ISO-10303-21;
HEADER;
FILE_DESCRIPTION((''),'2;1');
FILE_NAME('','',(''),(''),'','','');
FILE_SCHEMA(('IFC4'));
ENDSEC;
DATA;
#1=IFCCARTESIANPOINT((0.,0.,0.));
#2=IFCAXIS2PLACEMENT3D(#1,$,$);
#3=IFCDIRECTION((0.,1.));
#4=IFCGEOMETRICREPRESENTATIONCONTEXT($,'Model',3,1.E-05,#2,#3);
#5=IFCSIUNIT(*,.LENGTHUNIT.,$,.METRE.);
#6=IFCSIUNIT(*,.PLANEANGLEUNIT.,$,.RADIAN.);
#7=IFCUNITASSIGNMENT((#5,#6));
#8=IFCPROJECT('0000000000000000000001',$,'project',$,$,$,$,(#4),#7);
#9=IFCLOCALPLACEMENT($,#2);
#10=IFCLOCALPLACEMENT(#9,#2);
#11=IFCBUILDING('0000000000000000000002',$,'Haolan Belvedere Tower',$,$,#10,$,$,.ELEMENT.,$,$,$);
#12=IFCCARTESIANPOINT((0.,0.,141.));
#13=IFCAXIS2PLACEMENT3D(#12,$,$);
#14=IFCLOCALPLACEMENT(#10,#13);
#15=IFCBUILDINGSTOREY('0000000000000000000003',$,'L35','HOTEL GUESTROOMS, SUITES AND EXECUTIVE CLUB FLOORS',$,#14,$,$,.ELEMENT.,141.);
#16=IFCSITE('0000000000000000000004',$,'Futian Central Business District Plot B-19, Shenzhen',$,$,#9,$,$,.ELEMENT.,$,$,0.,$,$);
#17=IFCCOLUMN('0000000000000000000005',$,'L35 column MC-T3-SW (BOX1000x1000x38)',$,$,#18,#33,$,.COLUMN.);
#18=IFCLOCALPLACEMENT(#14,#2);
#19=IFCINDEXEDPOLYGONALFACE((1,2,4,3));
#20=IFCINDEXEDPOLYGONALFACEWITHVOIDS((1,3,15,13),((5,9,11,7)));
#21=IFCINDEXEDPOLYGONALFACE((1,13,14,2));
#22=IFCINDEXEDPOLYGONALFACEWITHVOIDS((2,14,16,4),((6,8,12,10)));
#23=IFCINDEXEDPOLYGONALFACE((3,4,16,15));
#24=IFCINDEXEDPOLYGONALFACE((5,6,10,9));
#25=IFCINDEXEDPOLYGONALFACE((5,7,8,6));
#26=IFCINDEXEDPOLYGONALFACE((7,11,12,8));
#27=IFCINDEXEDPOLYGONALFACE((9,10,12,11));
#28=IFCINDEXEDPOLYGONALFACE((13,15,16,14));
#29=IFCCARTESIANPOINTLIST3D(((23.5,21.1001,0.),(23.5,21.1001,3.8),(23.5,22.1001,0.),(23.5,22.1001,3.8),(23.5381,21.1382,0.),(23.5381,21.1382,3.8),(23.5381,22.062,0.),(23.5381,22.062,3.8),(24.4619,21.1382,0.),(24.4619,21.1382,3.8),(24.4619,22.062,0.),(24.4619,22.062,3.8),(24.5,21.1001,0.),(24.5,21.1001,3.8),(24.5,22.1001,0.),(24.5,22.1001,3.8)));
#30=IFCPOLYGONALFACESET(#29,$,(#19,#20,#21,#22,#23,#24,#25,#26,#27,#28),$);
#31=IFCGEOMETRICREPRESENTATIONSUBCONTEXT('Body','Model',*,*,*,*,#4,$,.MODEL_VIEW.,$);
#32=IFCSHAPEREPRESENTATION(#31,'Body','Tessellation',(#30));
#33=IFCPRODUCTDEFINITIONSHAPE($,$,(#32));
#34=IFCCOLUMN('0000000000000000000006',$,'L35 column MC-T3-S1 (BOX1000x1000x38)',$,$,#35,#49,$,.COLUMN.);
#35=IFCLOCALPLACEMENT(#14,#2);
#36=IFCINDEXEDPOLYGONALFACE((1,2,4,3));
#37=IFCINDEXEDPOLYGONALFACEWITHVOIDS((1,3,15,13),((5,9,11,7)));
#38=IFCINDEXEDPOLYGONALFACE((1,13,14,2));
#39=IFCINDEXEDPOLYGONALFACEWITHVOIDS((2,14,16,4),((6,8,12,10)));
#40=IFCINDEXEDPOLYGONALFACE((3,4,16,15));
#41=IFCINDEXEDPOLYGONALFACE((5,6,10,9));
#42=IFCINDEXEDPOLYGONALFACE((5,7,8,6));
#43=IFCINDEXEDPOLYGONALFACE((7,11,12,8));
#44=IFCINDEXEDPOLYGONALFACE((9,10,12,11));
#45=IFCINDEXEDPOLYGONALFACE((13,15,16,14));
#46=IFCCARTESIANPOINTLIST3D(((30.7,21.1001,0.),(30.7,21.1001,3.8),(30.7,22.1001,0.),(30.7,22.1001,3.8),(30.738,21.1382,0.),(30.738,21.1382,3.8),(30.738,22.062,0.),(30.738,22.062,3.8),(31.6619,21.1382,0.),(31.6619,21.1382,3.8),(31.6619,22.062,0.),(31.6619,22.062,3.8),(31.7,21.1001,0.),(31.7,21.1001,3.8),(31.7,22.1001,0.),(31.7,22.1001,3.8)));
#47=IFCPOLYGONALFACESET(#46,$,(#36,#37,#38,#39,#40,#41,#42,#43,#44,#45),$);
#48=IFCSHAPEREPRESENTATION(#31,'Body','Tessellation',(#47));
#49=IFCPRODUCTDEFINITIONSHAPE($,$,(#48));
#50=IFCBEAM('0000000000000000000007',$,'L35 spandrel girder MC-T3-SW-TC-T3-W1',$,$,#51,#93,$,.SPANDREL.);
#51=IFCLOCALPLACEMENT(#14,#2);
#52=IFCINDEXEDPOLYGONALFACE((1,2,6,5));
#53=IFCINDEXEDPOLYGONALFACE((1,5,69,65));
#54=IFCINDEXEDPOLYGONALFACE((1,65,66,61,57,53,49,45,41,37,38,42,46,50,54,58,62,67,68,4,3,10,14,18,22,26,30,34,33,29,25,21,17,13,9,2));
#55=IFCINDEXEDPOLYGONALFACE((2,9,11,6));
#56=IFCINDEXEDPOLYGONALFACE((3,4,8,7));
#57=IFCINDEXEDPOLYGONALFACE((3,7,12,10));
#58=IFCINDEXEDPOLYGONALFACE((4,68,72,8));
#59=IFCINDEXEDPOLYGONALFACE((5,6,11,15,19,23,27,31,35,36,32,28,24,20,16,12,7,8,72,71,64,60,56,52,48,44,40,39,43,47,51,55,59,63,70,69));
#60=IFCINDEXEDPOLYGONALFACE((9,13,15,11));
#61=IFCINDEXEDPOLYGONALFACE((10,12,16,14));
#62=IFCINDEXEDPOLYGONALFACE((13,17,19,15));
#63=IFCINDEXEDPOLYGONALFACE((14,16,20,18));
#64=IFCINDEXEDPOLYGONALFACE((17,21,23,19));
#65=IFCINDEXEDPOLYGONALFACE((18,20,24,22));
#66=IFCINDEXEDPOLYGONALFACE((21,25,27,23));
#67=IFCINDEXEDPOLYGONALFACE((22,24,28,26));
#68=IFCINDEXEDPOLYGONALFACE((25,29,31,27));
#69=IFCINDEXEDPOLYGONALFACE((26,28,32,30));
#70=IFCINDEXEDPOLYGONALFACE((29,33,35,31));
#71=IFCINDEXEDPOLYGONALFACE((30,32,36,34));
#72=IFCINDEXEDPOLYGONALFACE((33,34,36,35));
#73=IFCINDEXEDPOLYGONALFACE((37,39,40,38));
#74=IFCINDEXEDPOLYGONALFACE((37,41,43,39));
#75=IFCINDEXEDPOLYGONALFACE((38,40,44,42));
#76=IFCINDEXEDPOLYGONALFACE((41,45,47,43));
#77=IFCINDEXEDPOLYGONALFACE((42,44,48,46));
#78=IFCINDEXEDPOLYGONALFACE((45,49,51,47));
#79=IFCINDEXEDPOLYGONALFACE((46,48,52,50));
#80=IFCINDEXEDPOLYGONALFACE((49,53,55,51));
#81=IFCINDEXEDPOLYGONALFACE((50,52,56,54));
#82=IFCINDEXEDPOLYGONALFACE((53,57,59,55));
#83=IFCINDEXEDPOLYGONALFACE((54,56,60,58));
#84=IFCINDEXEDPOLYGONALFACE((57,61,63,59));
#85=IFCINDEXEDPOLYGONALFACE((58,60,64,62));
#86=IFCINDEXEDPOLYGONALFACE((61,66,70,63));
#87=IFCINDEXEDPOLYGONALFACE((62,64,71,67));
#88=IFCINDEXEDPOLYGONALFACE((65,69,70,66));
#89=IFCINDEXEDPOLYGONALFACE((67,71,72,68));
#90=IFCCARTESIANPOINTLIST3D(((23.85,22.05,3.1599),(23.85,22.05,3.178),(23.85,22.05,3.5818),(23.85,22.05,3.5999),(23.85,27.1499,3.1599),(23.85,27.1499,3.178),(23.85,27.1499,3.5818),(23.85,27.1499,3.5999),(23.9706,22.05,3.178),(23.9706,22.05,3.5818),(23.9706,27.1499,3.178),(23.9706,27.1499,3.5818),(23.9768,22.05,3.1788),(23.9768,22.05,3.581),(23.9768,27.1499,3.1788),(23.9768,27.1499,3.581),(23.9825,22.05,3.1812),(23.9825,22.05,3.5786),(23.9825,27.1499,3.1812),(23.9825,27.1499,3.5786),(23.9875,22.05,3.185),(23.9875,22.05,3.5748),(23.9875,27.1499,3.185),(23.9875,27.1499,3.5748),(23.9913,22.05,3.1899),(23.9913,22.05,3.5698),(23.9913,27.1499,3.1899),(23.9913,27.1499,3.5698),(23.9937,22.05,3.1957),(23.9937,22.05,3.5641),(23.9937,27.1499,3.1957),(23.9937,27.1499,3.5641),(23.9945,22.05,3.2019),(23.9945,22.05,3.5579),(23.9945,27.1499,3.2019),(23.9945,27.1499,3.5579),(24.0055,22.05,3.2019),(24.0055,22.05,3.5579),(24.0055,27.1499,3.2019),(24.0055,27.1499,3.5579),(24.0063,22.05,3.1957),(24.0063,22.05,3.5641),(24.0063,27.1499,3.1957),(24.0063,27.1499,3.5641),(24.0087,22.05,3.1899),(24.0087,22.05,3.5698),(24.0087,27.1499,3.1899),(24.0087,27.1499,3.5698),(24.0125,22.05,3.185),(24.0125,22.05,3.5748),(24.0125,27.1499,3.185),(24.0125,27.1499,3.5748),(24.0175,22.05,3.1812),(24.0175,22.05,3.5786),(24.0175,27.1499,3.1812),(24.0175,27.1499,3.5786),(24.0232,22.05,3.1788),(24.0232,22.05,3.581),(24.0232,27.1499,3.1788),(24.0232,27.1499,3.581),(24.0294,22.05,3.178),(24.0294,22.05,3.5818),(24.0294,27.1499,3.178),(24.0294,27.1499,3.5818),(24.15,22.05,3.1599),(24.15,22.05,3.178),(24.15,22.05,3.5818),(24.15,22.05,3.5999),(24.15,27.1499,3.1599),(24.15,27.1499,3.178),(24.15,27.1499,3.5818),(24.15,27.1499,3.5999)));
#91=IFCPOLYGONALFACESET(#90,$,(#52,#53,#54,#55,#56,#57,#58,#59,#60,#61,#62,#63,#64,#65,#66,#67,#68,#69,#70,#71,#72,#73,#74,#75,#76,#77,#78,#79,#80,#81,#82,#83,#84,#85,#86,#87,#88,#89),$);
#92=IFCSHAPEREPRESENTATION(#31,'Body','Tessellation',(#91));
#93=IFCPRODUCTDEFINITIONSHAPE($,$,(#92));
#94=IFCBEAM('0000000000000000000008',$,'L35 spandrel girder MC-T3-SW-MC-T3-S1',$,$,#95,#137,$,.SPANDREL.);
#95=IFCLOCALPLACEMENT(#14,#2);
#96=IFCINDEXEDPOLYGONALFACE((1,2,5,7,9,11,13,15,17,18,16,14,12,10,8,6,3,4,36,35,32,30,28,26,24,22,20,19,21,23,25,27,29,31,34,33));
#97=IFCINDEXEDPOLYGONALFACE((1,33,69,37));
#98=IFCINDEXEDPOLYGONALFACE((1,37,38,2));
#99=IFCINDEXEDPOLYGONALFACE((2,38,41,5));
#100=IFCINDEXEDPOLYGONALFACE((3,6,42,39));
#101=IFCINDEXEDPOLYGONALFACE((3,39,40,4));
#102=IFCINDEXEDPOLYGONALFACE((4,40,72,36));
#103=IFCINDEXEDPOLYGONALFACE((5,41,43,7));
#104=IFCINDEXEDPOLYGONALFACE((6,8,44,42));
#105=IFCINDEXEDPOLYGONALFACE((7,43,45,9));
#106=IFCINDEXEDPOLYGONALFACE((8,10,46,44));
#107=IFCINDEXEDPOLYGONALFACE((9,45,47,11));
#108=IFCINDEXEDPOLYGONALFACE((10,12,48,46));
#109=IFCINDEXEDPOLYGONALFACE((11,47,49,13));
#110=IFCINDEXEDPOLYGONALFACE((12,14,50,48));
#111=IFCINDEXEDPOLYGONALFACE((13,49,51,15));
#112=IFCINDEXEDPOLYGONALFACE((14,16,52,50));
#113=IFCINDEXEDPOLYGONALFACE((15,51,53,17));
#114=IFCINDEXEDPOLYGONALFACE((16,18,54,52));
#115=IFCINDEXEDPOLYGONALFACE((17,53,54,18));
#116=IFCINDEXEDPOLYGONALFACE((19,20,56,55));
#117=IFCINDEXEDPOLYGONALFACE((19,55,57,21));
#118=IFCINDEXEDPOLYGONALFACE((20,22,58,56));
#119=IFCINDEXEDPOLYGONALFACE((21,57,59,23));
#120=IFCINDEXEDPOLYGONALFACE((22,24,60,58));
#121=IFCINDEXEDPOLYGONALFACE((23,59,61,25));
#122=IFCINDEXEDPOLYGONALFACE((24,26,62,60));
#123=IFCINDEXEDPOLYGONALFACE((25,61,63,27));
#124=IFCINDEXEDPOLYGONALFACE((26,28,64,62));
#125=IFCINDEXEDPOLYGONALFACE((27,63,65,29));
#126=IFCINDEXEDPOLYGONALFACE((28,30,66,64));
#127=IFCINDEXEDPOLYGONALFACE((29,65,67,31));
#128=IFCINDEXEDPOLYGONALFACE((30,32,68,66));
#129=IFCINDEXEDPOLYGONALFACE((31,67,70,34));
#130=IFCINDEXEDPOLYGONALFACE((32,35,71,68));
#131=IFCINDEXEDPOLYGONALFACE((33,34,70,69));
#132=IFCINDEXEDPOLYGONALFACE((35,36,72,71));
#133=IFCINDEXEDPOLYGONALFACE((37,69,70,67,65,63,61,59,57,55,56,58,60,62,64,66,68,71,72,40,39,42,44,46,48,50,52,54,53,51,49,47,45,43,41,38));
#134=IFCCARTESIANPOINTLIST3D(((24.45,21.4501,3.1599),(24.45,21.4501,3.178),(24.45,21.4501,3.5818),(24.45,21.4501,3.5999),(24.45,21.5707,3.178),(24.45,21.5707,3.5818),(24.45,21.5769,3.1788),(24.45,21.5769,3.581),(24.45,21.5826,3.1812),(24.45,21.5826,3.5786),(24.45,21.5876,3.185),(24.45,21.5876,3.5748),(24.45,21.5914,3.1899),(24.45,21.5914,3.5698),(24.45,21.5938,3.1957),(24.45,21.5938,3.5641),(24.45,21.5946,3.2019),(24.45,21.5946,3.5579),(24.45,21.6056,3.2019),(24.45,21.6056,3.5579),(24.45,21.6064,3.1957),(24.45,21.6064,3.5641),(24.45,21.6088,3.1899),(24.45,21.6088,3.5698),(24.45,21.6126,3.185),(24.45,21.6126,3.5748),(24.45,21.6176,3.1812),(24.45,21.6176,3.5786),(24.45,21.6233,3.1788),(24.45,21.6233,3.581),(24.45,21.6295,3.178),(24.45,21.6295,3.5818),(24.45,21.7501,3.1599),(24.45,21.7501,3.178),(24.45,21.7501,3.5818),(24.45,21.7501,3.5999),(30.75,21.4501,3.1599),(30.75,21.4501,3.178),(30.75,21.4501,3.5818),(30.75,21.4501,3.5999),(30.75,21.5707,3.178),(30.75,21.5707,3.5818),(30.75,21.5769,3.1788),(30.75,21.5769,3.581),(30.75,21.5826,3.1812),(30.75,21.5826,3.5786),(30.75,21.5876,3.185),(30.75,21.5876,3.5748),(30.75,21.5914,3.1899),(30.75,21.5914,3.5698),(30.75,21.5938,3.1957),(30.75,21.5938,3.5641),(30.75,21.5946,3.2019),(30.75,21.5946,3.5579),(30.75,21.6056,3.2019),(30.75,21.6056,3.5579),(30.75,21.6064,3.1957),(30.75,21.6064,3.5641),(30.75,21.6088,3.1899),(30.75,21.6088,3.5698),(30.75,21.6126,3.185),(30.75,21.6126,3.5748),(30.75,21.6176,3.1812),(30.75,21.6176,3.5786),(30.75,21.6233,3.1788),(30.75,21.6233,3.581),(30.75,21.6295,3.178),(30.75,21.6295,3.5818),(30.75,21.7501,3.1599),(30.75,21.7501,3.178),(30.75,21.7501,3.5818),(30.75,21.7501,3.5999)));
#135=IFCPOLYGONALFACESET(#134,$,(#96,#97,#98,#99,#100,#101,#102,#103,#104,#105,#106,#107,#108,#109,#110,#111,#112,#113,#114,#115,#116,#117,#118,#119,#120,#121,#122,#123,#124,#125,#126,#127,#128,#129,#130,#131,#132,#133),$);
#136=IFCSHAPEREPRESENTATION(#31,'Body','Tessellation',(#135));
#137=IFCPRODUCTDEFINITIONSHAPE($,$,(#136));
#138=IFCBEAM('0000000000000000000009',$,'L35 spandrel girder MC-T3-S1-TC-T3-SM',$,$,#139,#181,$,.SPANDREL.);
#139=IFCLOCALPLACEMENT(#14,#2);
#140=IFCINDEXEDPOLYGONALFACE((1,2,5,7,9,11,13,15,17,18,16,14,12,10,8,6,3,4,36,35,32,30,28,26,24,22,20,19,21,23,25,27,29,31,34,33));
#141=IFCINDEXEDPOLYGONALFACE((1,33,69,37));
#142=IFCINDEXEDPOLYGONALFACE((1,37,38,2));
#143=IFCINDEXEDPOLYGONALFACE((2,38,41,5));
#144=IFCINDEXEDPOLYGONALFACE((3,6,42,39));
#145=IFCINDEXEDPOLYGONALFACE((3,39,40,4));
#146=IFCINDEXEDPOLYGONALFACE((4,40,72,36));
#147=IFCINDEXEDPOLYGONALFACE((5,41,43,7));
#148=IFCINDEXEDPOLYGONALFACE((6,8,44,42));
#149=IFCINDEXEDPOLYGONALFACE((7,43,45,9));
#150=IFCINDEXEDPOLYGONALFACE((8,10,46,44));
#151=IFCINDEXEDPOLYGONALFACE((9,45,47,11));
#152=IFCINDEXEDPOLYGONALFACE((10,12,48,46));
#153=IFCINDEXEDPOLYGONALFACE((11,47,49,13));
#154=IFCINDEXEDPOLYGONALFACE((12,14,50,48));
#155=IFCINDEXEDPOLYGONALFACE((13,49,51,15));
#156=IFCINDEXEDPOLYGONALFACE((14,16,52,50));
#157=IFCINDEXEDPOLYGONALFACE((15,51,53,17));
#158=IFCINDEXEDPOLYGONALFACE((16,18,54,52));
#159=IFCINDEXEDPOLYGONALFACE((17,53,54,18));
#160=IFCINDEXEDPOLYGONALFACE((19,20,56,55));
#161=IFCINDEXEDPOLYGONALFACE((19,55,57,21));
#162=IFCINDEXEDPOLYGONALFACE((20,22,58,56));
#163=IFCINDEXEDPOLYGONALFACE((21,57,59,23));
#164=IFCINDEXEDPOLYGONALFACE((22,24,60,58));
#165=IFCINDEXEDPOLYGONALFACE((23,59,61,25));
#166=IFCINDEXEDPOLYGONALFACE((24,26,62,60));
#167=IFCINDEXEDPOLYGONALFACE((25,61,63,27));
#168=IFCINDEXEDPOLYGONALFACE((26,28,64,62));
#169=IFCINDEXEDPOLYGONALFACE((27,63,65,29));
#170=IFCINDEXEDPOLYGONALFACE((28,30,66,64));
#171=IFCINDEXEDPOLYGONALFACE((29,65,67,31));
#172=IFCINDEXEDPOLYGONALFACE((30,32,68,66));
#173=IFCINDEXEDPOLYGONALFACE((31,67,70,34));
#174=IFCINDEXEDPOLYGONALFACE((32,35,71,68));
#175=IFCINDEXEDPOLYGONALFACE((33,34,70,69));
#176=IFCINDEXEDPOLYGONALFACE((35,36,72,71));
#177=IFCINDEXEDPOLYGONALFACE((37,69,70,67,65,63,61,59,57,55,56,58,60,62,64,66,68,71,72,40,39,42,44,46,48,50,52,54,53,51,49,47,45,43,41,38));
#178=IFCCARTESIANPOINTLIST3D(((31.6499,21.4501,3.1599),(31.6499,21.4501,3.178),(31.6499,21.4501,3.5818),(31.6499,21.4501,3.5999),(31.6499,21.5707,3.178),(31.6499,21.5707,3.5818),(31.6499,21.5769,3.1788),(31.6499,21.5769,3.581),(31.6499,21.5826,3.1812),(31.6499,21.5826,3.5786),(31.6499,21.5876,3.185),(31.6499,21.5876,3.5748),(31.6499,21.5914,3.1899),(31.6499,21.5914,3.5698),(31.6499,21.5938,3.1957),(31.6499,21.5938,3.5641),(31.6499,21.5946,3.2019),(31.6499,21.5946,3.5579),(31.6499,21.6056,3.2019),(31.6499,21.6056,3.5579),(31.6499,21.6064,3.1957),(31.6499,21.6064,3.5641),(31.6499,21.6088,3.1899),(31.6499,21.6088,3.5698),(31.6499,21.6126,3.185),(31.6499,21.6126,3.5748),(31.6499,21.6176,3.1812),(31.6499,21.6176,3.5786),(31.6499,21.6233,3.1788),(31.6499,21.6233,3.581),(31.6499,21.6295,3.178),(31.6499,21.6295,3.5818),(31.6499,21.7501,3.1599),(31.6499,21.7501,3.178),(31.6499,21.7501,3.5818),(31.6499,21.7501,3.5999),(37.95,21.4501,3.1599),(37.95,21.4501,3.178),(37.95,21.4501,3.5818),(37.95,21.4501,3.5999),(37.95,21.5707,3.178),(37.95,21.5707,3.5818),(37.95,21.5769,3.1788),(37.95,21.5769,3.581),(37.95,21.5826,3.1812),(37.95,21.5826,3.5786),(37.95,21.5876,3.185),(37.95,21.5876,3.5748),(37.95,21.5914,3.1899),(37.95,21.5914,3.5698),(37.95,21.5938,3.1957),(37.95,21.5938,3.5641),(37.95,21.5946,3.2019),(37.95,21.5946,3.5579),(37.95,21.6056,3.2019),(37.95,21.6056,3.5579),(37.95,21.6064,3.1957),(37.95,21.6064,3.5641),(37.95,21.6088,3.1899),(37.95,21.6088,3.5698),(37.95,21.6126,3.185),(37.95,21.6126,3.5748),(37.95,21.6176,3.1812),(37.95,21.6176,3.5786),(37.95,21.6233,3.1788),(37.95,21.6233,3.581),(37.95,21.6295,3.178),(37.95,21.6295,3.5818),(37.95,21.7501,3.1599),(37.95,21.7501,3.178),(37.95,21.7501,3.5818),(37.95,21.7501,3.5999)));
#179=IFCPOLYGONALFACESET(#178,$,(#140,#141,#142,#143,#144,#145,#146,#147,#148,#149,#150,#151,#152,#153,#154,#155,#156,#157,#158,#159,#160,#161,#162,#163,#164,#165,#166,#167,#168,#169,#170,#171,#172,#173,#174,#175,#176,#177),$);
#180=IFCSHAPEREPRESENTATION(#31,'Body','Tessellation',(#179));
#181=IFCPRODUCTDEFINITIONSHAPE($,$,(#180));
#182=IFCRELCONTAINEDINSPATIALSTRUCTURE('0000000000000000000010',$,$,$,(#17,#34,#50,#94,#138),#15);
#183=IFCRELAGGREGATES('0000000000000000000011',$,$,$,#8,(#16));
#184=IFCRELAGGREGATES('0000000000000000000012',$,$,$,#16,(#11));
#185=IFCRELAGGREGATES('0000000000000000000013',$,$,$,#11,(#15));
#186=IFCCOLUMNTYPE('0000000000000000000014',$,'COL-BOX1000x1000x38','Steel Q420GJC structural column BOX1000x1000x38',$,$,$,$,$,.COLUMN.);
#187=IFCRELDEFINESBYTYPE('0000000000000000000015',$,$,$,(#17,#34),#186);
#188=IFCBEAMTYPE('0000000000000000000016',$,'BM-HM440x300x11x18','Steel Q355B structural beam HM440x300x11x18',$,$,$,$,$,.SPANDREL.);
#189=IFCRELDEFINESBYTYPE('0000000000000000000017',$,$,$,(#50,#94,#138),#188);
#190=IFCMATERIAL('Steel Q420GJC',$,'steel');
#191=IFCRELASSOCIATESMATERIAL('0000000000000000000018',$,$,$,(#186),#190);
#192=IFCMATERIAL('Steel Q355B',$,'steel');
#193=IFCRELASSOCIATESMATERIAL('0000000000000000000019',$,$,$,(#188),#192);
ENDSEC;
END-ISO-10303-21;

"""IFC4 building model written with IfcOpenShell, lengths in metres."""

from ifc_helpers import new_model, si_unit, direction, frame, origin, origin_2d, place, context, subcontext, project, spatial, hollow_rectangle, i_section, extrude, material, material_profile, profile_set, type_object, element, save


model = new_model("IFC4")

# Units and contexts
model_context = context("Model", 3, precision=1e-05, world=origin(), true_north=direction((0.0, 1.0)))
body_context = subcontext(model_context, "Body", "Model", "MODEL_VIEW")
ifc_project = project(units=[si_unit("LENGTHUNIT", "METRE"), si_unit("PLANEANGLEUNIT", "RADIAN")], contexts=[model_context])

# Site, building, storey
site_placement = place(None, origin())
site = spatial("IfcSite", under=ifc_project, at=site_placement, Name="Futian Central Business District Plot B-19, Shenzhen", CompositionType="ELEMENT", RefElevation=0.0)
building_placement = place(site_placement, origin())
building = spatial("IfcBuilding", under=site, at=building_placement, Name="Haolan Belvedere Tower", CompositionType="ELEMENT")
storey_placement = place(building_placement, frame((0.0, 0.0, 141.0)))
storey = spatial("IfcBuildingStorey", under=building, at=storey_placement, Name="L35", Description="HOTEL GUESTROOMS, SUITES AND EXECUTIVE CLUB FLOORS", CompositionType="ELEMENT", Elevation=141.0)

# Columns
ifc_material_1 = material(Name="Steel Q420GJC", Category="steel")
ifc_material_profile_1 = material_profile(ifc_material_1, hollow_rectangle(XDim=1.0, YDim=1.0, WallThickness=0.0381, at=origin_2d()), Name="Steel Q420GJC")
ifc_profile_set_1 = profile_set([ifc_material_profile_1], Name="Steel Q420GJC")
column_type = type_object("IfcColumnType", Name="COL-BOX1000x1000x38", Description="Steel Q420GJC structural column BOX1000x1000x38", PredefinedType="COLUMN", material=ifc_profile_set_1)
for number, where, z_axis, x_axis, name in (
    (1, (24.0, 21.6001, 0.0), (0.0, 0.0, 1.0), (1.0, 0.0, 0.0), "L35 column MC-T3-SW (BOX1000x1000x38)"),
    (2, (31.2, 21.6001, 0.0), (0.0, 0.0, 1.0), (1.0, 0.0, 0.0), "L35 column MC-T3-S1 (BOX1000x1000x38)"),
):
    element("IfcColumn", number, at=place(storey_placement, frame(where, z_axis=z_axis, x_axis=x_axis)), inside=storey, type_object=column_type, Name=name, PredefinedType="COLUMN", context=body_context, shape_type="SweptSolid", body=[
        extrude(hollow_rectangle(XDim=1.0, YDim=1.0, WallThickness=0.0381, at=origin_2d()), origin(), (0.0, 0.0, 1.0), 3.8),
    ])

# Beams
ifc_material_2 = material(Name="Steel Q355B", Category="steel")
ifc_material_profile_2 = material_profile(ifc_material_2, i_section(OverallWidth=0.3, OverallDepth=0.4399, WebThickness=0.011, FlangeThickness=0.0181, FilletRadius=0.0239, at=origin_2d()), Name="Steel Q355B")
ifc_profile_set_2 = profile_set([ifc_material_profile_2], Name="Steel Q355B")
beam_type_1 = type_object("IfcBeamType", Name="BM-HM440x300x11x18", Description="Steel Q355B structural beam HM440x300x11x18", PredefinedType="SPANDREL", material=ifc_profile_set_2)
beam_1_placement = place(storey_placement, frame((24.0, 22.05, 3.3799), z_axis=(0.0, 1.0, 0.0), x_axis=(-1.0, 0.0, 0.0)))
element("IfcBeam", 3, at=beam_1_placement, inside=storey, type_object=beam_type_1, Name="L35 spandrel girder MC-T3-SW-TC-T3-W1", PredefinedType="SPANDREL", context=body_context, shape_type="SweptSolid", body=[
    extrude(i_section(OverallWidth=0.3, OverallDepth=0.4399, WebThickness=0.011, FlangeThickness=0.0181, FilletRadius=0.0239, at=origin_2d()), origin(), (0.0, 0.0, 1.0), 5.0999),
])
for number, where, z_axis, x_axis, name in (
    (4, (24.45, 21.6001, 3.3799), (1.0, 0.0, 0.0), (0.0, 1.0, 0.0), "L35 spandrel girder MC-T3-SW-MC-T3-S1"),
    (5, (31.6499, 21.6001, 3.3799), (1.0, 0.0, 0.0), (0.0, 1.0, 0.0), "L35 spandrel girder MC-T3-S1-TC-T3-SM"),
):
    element("IfcBeam", number, at=place(storey_placement, frame(where, z_axis=z_axis, x_axis=x_axis)), inside=storey, type_object=beam_type_1, Name=name, PredefinedType="SPANDREL", context=body_context, shape_type="SweptSolid", body=[
        extrude(i_section(OverallWidth=0.3, OverallDepth=0.4399, WebThickness=0.011, FlangeThickness=0.0181, FilletRadius=0.0239, at=origin_2d()), origin(), (0.0, 0.0, 1.0), 6.3),
    ])

save(model, "model.ifc")
